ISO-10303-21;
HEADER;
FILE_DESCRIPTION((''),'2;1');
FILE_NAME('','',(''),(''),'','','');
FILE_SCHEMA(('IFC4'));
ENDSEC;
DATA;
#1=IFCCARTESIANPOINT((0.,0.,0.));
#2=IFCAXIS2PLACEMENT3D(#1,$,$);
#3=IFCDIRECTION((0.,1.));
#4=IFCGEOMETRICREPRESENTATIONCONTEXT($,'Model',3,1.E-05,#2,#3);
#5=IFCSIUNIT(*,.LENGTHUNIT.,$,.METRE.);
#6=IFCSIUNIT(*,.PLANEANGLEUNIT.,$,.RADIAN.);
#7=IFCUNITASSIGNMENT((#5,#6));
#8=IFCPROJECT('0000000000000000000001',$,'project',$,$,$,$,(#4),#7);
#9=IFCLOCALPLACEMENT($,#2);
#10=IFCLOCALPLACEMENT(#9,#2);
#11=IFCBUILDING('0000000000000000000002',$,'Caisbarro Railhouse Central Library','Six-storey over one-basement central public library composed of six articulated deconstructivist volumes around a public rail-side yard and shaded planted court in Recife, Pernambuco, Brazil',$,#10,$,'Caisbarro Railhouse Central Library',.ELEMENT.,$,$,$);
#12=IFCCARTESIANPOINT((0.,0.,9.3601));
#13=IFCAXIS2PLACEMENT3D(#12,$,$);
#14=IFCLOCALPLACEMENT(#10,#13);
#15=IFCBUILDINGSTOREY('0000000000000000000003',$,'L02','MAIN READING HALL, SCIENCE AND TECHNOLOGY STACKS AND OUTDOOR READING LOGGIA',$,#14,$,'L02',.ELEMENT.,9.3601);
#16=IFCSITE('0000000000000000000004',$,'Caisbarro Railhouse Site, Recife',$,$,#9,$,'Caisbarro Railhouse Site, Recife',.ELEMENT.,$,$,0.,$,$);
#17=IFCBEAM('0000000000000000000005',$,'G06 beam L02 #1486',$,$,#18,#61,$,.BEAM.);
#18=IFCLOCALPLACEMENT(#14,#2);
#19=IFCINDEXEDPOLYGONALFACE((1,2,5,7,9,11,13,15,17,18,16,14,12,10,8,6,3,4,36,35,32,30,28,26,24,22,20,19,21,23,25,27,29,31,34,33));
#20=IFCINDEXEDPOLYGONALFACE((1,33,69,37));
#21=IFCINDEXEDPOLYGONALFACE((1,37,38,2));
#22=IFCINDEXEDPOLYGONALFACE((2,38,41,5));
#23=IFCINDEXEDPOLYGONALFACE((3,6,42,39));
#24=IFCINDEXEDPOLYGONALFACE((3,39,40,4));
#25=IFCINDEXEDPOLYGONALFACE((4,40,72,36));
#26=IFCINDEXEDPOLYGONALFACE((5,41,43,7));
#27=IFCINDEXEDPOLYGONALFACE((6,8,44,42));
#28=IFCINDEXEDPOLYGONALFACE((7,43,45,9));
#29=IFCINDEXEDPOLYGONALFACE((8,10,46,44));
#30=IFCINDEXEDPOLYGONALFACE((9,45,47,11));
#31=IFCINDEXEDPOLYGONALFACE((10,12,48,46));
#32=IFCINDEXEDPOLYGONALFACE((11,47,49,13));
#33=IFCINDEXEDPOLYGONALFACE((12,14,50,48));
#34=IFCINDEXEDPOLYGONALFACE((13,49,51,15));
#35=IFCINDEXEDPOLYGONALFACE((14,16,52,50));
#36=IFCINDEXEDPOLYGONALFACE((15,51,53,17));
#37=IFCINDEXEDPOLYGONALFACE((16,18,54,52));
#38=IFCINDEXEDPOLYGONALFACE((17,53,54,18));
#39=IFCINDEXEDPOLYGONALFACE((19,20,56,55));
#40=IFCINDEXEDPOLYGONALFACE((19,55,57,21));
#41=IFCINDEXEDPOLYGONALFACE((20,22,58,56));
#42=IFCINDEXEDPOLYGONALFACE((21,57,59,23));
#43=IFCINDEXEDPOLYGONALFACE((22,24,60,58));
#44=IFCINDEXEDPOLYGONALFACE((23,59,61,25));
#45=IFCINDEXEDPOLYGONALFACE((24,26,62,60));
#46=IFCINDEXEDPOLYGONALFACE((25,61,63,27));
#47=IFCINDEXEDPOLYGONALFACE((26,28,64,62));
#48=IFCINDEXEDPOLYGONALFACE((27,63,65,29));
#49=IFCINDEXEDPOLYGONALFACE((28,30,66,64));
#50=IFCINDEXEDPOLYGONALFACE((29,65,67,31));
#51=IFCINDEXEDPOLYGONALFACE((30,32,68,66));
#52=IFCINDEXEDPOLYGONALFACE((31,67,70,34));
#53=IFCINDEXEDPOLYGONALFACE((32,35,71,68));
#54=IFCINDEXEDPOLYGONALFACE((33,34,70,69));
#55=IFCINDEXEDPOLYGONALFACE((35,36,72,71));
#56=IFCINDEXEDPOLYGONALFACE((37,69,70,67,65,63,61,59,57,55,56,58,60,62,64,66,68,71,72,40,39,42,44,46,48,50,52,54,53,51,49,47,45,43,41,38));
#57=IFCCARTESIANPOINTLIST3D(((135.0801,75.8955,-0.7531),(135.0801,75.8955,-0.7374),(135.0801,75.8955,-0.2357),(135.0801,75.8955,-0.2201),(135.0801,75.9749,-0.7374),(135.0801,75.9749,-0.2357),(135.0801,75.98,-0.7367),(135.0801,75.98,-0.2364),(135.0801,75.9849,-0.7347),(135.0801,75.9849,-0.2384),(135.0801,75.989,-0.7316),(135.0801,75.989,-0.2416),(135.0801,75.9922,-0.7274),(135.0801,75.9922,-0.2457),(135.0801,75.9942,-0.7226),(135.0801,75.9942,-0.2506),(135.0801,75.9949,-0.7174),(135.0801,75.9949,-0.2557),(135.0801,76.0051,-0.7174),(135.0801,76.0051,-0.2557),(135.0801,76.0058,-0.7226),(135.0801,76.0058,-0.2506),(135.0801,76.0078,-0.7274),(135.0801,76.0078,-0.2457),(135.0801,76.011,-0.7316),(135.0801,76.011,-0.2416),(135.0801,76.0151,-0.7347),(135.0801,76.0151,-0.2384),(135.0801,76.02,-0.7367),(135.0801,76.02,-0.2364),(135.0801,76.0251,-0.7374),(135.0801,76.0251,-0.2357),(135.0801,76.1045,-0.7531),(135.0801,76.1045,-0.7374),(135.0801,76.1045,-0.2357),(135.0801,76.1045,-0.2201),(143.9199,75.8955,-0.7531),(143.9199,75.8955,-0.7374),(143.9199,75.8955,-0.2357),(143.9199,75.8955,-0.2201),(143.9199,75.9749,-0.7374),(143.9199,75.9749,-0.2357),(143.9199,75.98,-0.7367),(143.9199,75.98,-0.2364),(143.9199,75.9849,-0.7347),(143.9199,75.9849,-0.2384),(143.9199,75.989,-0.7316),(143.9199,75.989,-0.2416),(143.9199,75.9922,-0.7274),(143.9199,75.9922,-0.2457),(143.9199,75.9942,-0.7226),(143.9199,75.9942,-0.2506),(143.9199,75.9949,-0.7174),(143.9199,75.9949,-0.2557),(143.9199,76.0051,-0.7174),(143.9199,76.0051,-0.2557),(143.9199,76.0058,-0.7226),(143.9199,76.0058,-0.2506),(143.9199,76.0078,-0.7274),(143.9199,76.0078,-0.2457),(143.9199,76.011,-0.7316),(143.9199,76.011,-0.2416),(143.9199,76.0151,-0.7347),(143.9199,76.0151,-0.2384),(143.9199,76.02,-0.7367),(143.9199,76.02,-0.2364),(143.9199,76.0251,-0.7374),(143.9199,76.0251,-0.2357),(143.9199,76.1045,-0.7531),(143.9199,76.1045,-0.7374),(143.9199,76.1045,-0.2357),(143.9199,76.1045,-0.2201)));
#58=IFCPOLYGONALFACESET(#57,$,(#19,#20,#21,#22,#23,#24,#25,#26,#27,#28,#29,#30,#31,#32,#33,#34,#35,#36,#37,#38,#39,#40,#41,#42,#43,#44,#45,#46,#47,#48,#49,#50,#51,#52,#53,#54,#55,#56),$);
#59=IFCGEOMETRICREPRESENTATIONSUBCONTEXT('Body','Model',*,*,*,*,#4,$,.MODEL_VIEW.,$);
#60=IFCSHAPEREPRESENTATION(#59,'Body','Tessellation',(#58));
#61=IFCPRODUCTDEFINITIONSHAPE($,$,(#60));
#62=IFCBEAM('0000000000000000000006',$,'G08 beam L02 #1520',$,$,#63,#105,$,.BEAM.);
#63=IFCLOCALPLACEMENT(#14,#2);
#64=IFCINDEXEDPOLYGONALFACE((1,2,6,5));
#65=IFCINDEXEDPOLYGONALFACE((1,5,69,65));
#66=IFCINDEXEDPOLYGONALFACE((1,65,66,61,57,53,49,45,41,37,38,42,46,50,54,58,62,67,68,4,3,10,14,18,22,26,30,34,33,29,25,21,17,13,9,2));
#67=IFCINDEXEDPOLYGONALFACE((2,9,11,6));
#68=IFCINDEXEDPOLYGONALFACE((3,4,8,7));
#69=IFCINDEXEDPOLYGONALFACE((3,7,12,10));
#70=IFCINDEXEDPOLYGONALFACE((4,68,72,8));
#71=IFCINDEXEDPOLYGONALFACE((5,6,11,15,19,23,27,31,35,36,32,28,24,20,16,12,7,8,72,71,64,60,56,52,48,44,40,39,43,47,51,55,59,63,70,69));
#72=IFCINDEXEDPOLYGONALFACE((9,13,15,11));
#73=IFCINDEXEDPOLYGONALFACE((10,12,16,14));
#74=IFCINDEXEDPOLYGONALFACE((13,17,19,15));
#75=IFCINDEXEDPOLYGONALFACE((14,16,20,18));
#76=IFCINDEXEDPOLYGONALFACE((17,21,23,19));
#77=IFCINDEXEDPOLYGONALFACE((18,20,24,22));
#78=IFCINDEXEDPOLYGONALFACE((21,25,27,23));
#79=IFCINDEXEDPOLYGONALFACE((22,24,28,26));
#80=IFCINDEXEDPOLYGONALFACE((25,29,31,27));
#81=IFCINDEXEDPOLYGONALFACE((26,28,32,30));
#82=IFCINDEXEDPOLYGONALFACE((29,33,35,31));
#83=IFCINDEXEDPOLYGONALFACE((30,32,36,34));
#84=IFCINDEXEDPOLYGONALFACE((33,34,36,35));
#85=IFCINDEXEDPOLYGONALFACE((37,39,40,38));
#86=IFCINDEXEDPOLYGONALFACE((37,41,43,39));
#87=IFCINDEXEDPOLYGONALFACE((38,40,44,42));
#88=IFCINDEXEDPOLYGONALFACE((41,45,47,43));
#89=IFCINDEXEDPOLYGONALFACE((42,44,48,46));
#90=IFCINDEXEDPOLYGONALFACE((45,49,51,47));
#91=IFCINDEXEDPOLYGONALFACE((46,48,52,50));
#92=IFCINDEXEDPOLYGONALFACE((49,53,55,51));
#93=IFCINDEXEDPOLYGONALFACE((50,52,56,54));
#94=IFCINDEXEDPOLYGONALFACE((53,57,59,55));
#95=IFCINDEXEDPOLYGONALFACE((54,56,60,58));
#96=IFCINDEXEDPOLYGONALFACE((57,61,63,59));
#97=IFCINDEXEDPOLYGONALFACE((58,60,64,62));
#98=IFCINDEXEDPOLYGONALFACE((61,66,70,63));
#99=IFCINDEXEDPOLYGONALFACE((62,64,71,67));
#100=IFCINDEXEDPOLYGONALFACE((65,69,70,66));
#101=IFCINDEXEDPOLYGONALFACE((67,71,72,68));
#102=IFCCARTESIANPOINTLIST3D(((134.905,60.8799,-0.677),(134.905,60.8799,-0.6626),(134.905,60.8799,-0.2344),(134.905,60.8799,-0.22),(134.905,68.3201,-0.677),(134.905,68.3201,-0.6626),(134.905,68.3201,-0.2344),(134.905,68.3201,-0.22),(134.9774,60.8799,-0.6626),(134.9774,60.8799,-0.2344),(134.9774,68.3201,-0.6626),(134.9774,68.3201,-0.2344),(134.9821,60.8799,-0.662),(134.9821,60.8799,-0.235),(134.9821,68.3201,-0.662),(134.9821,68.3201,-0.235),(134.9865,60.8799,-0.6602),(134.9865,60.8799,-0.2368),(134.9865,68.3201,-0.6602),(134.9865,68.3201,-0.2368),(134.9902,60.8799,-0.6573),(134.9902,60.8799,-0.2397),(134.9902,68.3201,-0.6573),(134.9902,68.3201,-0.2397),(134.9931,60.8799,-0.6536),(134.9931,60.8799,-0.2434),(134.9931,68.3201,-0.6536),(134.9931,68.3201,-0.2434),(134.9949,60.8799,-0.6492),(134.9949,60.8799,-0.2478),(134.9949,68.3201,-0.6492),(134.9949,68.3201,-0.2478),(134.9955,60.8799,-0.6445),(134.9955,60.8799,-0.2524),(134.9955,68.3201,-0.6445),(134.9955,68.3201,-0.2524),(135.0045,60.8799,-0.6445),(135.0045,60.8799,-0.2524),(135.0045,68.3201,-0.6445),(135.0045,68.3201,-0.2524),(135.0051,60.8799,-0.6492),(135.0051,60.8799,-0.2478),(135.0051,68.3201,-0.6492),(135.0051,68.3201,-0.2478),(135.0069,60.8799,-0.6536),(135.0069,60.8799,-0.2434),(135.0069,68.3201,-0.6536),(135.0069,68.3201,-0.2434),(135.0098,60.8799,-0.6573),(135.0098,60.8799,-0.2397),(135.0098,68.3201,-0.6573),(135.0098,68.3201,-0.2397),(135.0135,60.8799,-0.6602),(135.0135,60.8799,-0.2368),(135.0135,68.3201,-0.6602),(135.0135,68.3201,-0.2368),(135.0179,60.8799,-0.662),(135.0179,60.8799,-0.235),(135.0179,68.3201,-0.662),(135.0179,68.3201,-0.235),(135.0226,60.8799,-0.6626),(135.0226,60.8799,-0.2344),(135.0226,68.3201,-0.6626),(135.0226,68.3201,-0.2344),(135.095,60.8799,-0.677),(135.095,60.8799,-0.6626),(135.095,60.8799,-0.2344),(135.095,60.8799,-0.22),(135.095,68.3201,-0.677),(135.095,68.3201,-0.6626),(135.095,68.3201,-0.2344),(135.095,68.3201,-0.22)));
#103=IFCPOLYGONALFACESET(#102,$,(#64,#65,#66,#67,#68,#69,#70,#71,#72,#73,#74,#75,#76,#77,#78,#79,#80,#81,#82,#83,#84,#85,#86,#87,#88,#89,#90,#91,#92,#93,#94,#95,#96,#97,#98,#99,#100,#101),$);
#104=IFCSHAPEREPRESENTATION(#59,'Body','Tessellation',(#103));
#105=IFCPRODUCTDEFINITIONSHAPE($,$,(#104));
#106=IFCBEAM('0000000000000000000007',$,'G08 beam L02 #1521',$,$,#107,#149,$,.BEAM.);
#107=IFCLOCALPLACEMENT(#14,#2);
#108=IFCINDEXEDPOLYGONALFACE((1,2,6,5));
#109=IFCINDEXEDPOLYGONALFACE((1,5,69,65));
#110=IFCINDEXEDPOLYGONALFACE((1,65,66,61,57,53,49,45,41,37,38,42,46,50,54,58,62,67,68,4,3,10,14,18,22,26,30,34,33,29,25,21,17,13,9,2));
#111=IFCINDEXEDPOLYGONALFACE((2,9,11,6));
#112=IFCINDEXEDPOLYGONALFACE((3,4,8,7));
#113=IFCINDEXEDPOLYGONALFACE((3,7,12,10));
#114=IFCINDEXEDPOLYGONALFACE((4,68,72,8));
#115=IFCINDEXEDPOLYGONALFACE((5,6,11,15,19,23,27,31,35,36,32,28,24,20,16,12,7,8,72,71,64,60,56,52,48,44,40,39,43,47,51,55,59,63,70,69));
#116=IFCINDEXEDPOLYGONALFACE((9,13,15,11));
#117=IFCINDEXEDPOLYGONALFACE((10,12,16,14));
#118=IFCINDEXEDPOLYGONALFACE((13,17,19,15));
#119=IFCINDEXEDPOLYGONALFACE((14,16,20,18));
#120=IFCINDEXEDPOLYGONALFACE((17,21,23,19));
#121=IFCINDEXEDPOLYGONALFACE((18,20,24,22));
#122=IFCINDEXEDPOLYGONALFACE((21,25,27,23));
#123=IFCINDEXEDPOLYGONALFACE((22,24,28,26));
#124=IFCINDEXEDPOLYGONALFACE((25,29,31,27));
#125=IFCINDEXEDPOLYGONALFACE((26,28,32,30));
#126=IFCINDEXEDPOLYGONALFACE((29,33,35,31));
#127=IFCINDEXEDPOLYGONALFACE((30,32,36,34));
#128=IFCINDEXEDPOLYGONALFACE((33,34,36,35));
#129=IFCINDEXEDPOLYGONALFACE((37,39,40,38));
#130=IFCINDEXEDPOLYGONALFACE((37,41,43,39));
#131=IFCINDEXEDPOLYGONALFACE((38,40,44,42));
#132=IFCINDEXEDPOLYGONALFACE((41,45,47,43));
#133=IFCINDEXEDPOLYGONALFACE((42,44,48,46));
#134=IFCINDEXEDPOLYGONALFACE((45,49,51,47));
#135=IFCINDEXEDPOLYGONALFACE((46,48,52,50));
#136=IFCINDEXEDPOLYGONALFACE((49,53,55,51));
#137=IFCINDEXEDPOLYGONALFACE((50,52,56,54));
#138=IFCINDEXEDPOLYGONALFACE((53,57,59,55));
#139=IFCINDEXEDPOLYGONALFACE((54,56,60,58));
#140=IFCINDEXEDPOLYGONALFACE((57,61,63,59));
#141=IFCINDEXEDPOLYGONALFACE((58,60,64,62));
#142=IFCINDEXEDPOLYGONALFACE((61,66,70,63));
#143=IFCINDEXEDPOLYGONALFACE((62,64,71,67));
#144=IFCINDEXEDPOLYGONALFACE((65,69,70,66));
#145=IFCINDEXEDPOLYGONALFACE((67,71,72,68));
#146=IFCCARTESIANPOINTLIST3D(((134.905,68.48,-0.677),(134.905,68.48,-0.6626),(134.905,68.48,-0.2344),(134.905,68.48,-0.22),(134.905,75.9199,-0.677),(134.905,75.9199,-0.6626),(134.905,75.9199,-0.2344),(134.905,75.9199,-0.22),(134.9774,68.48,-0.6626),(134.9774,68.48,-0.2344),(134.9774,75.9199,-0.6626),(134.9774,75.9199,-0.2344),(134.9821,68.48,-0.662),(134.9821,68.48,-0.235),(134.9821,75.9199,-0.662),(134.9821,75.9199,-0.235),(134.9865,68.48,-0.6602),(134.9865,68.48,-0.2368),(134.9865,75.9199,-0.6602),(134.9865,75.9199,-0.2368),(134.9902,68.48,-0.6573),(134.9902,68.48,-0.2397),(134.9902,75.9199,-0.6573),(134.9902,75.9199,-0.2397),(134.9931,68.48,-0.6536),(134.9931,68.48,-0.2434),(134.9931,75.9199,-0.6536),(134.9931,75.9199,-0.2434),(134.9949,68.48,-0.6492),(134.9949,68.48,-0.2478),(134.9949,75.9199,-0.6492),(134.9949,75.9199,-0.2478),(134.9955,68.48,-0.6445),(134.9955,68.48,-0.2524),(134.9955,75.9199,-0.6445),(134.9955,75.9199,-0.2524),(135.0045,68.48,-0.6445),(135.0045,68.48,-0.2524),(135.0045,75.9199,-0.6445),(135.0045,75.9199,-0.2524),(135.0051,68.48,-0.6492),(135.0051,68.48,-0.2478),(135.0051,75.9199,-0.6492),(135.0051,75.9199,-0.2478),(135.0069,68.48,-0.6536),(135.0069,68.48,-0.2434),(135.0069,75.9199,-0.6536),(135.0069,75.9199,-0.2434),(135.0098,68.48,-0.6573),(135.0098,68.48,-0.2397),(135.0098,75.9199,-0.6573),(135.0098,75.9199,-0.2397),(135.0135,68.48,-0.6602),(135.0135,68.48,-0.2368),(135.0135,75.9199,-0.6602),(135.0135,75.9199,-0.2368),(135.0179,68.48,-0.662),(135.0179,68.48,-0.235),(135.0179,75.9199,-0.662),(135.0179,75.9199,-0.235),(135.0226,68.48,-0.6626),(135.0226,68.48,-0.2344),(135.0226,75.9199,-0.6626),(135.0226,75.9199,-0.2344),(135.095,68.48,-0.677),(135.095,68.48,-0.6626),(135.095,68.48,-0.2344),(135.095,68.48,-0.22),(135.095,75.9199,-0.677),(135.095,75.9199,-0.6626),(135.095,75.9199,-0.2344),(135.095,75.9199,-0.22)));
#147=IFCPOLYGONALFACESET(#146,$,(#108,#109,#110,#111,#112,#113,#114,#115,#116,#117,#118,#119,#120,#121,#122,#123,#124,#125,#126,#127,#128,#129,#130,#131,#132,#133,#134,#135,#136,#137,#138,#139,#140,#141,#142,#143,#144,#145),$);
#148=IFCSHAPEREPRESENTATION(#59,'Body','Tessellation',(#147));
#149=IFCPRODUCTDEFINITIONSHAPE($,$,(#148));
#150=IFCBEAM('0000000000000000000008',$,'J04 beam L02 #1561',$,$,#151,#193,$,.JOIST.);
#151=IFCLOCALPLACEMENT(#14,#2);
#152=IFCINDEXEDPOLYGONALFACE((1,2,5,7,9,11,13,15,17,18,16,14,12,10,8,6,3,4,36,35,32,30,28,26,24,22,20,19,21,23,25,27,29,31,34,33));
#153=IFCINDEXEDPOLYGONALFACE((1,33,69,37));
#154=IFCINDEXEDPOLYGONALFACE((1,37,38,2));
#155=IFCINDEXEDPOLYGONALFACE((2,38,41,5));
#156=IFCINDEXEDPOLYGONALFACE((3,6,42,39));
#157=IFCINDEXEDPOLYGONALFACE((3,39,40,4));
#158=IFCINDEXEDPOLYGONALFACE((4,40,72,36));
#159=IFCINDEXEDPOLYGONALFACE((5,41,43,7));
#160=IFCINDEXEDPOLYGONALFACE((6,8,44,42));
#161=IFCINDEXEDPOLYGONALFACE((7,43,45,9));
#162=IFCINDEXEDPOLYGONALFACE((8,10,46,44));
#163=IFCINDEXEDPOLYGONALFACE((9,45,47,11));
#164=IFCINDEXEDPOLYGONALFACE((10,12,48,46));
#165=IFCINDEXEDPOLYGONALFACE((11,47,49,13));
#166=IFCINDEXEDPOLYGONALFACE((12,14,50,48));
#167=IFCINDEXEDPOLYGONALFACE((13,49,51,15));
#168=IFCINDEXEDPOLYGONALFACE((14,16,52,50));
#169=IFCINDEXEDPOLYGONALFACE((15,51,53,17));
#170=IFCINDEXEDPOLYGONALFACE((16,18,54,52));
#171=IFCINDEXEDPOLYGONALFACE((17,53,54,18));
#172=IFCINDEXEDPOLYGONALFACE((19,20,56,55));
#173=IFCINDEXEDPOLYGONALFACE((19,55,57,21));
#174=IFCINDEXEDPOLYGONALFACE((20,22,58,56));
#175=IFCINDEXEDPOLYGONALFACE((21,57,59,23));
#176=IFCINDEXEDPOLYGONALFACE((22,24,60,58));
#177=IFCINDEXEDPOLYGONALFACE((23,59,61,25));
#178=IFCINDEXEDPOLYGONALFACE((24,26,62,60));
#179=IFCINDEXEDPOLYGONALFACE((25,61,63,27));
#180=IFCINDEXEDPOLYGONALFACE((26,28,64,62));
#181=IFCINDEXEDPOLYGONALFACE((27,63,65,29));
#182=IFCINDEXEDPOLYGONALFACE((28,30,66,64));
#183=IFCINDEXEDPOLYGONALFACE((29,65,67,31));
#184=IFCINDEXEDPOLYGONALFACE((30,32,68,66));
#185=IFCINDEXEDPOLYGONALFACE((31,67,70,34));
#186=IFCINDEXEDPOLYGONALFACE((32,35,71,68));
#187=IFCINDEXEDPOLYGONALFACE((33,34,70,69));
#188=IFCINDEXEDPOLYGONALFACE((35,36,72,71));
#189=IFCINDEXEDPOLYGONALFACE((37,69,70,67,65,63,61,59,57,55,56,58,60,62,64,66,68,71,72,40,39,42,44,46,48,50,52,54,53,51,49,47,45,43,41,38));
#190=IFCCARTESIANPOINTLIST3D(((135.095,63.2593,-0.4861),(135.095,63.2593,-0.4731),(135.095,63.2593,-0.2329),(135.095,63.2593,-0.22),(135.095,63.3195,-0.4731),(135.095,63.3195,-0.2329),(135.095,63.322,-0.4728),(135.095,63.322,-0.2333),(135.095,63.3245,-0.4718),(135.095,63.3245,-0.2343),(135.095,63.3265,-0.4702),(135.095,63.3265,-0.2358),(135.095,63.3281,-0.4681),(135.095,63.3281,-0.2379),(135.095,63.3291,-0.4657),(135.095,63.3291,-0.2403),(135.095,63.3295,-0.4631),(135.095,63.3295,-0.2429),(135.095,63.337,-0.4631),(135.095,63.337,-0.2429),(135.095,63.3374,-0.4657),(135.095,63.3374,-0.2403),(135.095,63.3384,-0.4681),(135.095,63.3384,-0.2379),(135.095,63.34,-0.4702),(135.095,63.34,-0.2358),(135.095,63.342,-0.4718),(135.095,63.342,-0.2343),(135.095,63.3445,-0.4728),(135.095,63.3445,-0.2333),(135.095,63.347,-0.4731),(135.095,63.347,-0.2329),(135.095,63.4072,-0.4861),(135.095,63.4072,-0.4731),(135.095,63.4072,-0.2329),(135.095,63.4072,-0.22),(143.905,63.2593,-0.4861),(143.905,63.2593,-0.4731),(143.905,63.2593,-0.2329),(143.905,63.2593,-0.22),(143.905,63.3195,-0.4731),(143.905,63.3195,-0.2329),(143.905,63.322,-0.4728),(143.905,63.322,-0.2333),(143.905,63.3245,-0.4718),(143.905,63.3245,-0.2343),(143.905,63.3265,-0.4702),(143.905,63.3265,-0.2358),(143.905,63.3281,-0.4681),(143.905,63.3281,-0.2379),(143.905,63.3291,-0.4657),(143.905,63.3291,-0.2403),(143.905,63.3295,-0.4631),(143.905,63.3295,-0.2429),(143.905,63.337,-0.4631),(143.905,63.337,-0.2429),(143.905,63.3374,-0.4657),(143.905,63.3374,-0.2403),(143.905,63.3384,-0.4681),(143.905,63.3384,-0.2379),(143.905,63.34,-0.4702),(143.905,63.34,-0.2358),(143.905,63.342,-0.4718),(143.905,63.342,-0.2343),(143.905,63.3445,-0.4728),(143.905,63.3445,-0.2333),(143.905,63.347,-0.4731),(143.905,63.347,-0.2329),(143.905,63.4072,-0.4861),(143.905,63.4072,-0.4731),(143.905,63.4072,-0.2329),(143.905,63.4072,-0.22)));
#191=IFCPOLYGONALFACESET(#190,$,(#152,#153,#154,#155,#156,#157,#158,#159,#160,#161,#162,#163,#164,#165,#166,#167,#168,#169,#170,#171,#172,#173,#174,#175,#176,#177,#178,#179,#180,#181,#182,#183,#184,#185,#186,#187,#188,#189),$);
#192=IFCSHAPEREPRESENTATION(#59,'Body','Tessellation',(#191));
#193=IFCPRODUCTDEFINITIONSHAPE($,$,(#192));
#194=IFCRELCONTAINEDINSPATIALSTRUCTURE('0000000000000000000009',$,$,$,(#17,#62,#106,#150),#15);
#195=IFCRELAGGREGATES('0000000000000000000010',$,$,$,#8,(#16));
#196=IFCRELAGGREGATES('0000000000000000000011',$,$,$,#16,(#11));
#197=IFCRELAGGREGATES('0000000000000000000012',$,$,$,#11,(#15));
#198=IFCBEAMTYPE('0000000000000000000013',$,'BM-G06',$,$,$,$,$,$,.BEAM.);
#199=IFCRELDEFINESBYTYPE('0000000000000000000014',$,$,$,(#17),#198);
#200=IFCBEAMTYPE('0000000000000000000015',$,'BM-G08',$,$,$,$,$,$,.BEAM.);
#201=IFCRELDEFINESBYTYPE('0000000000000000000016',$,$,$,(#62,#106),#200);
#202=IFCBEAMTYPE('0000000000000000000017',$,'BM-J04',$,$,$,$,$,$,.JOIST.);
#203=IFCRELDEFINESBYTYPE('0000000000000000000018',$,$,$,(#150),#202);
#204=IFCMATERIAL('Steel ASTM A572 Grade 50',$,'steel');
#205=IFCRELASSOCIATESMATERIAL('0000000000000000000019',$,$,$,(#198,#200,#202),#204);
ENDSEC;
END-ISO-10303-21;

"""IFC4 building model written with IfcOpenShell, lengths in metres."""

from ifc_helpers import new_model, si_unit, direction, frame, origin, origin_2d, place, context, subcontext, project, spatial, i_section, extrude, material, material_profile, profile_set, type_object, element, save


model = new_model("IFC4")

# Units and contexts
model_context = context("Model", 3, precision=1e-05, world=origin(), true_north=direction((0.0, 1.0)))
body_context = subcontext(model_context, "Body", "Model", "MODEL_VIEW")
ifc_project = project(units=[si_unit("LENGTHUNIT", "METRE"), si_unit("PLANEANGLEUNIT", "RADIAN")], contexts=[model_context])

# Site, building, storey
site_placement = place(None, origin())
site = spatial("IfcSite", under=ifc_project, at=site_placement, Name="Caisbarro Railhouse Site, Recife", LongName="Caisbarro Railhouse Site, Recife", CompositionType="ELEMENT", RefElevation=0.0)
building_placement = place(site_placement, origin())
building = spatial("IfcBuilding", under=site, at=building_placement, Name="Caisbarro Railhouse Central Library", Description="Six-storey over one-basement central public library composed of six articulated deconstructivist volumes around a public rail-side yard and shaded planted court in Recife, Pernambuco, Brazil", LongName="Caisbarro Railhouse Central Library", CompositionType="ELEMENT")
storey_placement = place(building_placement, frame((0.0, 0.0, 9.3601)))
storey = spatial("IfcBuildingStorey", under=building, at=storey_placement, Name="L02", Description="MAIN READING HALL, SCIENCE AND TECHNOLOGY STACKS AND OUTDOOR READING LOGGIA", LongName="L02", CompositionType="ELEMENT", Elevation=9.3601)

# Shared definitions
ifc_material_1 = material(Name="Steel ASTM A572 Grade 50", Category="steel")

# Beams
ifc_material_profile_1 = material_profile(ifc_material_1, i_section(OverallWidth=0.209, OverallDepth=0.533, WebThickness=0.0103, FlangeThickness=0.0156, FilletRadius=0.02, at=origin_2d()), Name="W530X92.0")
ifc_profile_set_1 = profile_set([ifc_material_profile_1], Name="Steel ASTM A572 Grade 50")
beam_type_1 = type_object("IfcBeamType", Name="BM-G06", PredefinedType="BEAM", material=ifc_profile_set_1)
for number, where, z_axis, x_axis, name in (
    (1, (135.0801, 76.0, -0.4866), (1.0, 0.0, 0.0), (0.0, 1.0, 0.0), "G06 beam L02 #1486"),
):
    element("IfcBeam", number, at=place(storey_placement, frame(where, z_axis=z_axis, x_axis=x_axis)), inside=storey, type_object=beam_type_1, Name=name, PredefinedType="BEAM", context=body_context, shape_type="SweptSolid", body=[
        extrude(i_section(OverallWidth=0.209, OverallDepth=0.533, WebThickness=0.0103, FlangeThickness=0.0156, FilletRadius=0.02, at=origin_2d()), origin(), (0.0, 0.0, 1.0), 8.8398),
    ])
ifc_material_profile_2 = material_profile(ifc_material_1, i_section(OverallWidth=0.1899, OverallDepth=0.457, WebThickness=0.009, FlangeThickness=0.0144, FilletRadius=0.0181, at=origin_2d()), Name="W460X74.0")
ifc_profile_set_2 = profile_set([ifc_material_profile_2], Name="Steel ASTM A572 Grade 50")
beam_type_2 = type_object("IfcBeamType", Name="BM-G08", PredefinedType="BEAM", material=ifc_profile_set_2)
beam_1_placement = place(storey_placement, frame((135.0, 60.8799, -0.4485), z_axis=(0.0, 1.0, 0.0), x_axis=(-1.0, 0.0, 0.0)))
element("IfcBeam", 2, at=beam_1_placement, inside=storey, type_object=beam_type_2, Name="G08 beam L02 #1520", PredefinedType="BEAM", context=body_context, shape_type="SweptSolid", body=[
    extrude(i_section(OverallWidth=0.1899, OverallDepth=0.457, WebThickness=0.009, FlangeThickness=0.0144, FilletRadius=0.0181, at=origin_2d()), origin(), (0.0, 0.0, 1.0), 7.4402),
])
beam_2_placement = place(storey_placement, frame((135.0, 68.48, -0.4485), z_axis=(0.0, 1.0, 0.0), x_axis=(-1.0, 0.0, 0.0)))
element("IfcBeam", 3, at=beam_2_placement, inside=storey, type_object=beam_type_2, Name="G08 beam L02 #1521", PredefinedType="BEAM", context=body_context, shape_type="SweptSolid", body=[
    extrude(i_section(OverallWidth=0.1899, OverallDepth=0.457, WebThickness=0.009, FlangeThickness=0.0144, FilletRadius=0.0181, at=origin_2d()), origin(), (0.0, 0.0, 1.0), 7.4399),
])
ifc_material_profile_3 = material_profile(ifc_material_1, i_section(OverallWidth=0.1479, OverallDepth=0.2661, WebThickness=0.0076, FlangeThickness=0.0129, FilletRadius=0.01, at=origin_2d()), Name="W250X44.8")
ifc_profile_set_3 = profile_set([ifc_material_profile_3], Name="Steel ASTM A572 Grade 50")
beam_type_3 = type_object("IfcBeamType", Name="BM-J04", PredefinedType="JOIST", material=ifc_profile_set_3)
beam_3_placement = place(storey_placement, frame((135.095, 63.3333, -0.353), z_axis=(1.0, 0.0, 0.0), x_axis=(0.0, 1.0, 0.0)))
element("IfcBeam", 4, at=beam_3_placement, inside=storey, type_object=beam_type_3, Name="J04 beam L02 #1561", PredefinedType="JOIST", context=body_context, shape_type="SweptSolid", body=[
    extrude(i_section(OverallWidth=0.1479, OverallDepth=0.2661, WebThickness=0.0076, FlangeThickness=0.0129, FilletRadius=0.01, at=origin_2d()), origin(), (0.0, 0.0, 1.0), 8.8101),
])

save(model, "model.ifc")
